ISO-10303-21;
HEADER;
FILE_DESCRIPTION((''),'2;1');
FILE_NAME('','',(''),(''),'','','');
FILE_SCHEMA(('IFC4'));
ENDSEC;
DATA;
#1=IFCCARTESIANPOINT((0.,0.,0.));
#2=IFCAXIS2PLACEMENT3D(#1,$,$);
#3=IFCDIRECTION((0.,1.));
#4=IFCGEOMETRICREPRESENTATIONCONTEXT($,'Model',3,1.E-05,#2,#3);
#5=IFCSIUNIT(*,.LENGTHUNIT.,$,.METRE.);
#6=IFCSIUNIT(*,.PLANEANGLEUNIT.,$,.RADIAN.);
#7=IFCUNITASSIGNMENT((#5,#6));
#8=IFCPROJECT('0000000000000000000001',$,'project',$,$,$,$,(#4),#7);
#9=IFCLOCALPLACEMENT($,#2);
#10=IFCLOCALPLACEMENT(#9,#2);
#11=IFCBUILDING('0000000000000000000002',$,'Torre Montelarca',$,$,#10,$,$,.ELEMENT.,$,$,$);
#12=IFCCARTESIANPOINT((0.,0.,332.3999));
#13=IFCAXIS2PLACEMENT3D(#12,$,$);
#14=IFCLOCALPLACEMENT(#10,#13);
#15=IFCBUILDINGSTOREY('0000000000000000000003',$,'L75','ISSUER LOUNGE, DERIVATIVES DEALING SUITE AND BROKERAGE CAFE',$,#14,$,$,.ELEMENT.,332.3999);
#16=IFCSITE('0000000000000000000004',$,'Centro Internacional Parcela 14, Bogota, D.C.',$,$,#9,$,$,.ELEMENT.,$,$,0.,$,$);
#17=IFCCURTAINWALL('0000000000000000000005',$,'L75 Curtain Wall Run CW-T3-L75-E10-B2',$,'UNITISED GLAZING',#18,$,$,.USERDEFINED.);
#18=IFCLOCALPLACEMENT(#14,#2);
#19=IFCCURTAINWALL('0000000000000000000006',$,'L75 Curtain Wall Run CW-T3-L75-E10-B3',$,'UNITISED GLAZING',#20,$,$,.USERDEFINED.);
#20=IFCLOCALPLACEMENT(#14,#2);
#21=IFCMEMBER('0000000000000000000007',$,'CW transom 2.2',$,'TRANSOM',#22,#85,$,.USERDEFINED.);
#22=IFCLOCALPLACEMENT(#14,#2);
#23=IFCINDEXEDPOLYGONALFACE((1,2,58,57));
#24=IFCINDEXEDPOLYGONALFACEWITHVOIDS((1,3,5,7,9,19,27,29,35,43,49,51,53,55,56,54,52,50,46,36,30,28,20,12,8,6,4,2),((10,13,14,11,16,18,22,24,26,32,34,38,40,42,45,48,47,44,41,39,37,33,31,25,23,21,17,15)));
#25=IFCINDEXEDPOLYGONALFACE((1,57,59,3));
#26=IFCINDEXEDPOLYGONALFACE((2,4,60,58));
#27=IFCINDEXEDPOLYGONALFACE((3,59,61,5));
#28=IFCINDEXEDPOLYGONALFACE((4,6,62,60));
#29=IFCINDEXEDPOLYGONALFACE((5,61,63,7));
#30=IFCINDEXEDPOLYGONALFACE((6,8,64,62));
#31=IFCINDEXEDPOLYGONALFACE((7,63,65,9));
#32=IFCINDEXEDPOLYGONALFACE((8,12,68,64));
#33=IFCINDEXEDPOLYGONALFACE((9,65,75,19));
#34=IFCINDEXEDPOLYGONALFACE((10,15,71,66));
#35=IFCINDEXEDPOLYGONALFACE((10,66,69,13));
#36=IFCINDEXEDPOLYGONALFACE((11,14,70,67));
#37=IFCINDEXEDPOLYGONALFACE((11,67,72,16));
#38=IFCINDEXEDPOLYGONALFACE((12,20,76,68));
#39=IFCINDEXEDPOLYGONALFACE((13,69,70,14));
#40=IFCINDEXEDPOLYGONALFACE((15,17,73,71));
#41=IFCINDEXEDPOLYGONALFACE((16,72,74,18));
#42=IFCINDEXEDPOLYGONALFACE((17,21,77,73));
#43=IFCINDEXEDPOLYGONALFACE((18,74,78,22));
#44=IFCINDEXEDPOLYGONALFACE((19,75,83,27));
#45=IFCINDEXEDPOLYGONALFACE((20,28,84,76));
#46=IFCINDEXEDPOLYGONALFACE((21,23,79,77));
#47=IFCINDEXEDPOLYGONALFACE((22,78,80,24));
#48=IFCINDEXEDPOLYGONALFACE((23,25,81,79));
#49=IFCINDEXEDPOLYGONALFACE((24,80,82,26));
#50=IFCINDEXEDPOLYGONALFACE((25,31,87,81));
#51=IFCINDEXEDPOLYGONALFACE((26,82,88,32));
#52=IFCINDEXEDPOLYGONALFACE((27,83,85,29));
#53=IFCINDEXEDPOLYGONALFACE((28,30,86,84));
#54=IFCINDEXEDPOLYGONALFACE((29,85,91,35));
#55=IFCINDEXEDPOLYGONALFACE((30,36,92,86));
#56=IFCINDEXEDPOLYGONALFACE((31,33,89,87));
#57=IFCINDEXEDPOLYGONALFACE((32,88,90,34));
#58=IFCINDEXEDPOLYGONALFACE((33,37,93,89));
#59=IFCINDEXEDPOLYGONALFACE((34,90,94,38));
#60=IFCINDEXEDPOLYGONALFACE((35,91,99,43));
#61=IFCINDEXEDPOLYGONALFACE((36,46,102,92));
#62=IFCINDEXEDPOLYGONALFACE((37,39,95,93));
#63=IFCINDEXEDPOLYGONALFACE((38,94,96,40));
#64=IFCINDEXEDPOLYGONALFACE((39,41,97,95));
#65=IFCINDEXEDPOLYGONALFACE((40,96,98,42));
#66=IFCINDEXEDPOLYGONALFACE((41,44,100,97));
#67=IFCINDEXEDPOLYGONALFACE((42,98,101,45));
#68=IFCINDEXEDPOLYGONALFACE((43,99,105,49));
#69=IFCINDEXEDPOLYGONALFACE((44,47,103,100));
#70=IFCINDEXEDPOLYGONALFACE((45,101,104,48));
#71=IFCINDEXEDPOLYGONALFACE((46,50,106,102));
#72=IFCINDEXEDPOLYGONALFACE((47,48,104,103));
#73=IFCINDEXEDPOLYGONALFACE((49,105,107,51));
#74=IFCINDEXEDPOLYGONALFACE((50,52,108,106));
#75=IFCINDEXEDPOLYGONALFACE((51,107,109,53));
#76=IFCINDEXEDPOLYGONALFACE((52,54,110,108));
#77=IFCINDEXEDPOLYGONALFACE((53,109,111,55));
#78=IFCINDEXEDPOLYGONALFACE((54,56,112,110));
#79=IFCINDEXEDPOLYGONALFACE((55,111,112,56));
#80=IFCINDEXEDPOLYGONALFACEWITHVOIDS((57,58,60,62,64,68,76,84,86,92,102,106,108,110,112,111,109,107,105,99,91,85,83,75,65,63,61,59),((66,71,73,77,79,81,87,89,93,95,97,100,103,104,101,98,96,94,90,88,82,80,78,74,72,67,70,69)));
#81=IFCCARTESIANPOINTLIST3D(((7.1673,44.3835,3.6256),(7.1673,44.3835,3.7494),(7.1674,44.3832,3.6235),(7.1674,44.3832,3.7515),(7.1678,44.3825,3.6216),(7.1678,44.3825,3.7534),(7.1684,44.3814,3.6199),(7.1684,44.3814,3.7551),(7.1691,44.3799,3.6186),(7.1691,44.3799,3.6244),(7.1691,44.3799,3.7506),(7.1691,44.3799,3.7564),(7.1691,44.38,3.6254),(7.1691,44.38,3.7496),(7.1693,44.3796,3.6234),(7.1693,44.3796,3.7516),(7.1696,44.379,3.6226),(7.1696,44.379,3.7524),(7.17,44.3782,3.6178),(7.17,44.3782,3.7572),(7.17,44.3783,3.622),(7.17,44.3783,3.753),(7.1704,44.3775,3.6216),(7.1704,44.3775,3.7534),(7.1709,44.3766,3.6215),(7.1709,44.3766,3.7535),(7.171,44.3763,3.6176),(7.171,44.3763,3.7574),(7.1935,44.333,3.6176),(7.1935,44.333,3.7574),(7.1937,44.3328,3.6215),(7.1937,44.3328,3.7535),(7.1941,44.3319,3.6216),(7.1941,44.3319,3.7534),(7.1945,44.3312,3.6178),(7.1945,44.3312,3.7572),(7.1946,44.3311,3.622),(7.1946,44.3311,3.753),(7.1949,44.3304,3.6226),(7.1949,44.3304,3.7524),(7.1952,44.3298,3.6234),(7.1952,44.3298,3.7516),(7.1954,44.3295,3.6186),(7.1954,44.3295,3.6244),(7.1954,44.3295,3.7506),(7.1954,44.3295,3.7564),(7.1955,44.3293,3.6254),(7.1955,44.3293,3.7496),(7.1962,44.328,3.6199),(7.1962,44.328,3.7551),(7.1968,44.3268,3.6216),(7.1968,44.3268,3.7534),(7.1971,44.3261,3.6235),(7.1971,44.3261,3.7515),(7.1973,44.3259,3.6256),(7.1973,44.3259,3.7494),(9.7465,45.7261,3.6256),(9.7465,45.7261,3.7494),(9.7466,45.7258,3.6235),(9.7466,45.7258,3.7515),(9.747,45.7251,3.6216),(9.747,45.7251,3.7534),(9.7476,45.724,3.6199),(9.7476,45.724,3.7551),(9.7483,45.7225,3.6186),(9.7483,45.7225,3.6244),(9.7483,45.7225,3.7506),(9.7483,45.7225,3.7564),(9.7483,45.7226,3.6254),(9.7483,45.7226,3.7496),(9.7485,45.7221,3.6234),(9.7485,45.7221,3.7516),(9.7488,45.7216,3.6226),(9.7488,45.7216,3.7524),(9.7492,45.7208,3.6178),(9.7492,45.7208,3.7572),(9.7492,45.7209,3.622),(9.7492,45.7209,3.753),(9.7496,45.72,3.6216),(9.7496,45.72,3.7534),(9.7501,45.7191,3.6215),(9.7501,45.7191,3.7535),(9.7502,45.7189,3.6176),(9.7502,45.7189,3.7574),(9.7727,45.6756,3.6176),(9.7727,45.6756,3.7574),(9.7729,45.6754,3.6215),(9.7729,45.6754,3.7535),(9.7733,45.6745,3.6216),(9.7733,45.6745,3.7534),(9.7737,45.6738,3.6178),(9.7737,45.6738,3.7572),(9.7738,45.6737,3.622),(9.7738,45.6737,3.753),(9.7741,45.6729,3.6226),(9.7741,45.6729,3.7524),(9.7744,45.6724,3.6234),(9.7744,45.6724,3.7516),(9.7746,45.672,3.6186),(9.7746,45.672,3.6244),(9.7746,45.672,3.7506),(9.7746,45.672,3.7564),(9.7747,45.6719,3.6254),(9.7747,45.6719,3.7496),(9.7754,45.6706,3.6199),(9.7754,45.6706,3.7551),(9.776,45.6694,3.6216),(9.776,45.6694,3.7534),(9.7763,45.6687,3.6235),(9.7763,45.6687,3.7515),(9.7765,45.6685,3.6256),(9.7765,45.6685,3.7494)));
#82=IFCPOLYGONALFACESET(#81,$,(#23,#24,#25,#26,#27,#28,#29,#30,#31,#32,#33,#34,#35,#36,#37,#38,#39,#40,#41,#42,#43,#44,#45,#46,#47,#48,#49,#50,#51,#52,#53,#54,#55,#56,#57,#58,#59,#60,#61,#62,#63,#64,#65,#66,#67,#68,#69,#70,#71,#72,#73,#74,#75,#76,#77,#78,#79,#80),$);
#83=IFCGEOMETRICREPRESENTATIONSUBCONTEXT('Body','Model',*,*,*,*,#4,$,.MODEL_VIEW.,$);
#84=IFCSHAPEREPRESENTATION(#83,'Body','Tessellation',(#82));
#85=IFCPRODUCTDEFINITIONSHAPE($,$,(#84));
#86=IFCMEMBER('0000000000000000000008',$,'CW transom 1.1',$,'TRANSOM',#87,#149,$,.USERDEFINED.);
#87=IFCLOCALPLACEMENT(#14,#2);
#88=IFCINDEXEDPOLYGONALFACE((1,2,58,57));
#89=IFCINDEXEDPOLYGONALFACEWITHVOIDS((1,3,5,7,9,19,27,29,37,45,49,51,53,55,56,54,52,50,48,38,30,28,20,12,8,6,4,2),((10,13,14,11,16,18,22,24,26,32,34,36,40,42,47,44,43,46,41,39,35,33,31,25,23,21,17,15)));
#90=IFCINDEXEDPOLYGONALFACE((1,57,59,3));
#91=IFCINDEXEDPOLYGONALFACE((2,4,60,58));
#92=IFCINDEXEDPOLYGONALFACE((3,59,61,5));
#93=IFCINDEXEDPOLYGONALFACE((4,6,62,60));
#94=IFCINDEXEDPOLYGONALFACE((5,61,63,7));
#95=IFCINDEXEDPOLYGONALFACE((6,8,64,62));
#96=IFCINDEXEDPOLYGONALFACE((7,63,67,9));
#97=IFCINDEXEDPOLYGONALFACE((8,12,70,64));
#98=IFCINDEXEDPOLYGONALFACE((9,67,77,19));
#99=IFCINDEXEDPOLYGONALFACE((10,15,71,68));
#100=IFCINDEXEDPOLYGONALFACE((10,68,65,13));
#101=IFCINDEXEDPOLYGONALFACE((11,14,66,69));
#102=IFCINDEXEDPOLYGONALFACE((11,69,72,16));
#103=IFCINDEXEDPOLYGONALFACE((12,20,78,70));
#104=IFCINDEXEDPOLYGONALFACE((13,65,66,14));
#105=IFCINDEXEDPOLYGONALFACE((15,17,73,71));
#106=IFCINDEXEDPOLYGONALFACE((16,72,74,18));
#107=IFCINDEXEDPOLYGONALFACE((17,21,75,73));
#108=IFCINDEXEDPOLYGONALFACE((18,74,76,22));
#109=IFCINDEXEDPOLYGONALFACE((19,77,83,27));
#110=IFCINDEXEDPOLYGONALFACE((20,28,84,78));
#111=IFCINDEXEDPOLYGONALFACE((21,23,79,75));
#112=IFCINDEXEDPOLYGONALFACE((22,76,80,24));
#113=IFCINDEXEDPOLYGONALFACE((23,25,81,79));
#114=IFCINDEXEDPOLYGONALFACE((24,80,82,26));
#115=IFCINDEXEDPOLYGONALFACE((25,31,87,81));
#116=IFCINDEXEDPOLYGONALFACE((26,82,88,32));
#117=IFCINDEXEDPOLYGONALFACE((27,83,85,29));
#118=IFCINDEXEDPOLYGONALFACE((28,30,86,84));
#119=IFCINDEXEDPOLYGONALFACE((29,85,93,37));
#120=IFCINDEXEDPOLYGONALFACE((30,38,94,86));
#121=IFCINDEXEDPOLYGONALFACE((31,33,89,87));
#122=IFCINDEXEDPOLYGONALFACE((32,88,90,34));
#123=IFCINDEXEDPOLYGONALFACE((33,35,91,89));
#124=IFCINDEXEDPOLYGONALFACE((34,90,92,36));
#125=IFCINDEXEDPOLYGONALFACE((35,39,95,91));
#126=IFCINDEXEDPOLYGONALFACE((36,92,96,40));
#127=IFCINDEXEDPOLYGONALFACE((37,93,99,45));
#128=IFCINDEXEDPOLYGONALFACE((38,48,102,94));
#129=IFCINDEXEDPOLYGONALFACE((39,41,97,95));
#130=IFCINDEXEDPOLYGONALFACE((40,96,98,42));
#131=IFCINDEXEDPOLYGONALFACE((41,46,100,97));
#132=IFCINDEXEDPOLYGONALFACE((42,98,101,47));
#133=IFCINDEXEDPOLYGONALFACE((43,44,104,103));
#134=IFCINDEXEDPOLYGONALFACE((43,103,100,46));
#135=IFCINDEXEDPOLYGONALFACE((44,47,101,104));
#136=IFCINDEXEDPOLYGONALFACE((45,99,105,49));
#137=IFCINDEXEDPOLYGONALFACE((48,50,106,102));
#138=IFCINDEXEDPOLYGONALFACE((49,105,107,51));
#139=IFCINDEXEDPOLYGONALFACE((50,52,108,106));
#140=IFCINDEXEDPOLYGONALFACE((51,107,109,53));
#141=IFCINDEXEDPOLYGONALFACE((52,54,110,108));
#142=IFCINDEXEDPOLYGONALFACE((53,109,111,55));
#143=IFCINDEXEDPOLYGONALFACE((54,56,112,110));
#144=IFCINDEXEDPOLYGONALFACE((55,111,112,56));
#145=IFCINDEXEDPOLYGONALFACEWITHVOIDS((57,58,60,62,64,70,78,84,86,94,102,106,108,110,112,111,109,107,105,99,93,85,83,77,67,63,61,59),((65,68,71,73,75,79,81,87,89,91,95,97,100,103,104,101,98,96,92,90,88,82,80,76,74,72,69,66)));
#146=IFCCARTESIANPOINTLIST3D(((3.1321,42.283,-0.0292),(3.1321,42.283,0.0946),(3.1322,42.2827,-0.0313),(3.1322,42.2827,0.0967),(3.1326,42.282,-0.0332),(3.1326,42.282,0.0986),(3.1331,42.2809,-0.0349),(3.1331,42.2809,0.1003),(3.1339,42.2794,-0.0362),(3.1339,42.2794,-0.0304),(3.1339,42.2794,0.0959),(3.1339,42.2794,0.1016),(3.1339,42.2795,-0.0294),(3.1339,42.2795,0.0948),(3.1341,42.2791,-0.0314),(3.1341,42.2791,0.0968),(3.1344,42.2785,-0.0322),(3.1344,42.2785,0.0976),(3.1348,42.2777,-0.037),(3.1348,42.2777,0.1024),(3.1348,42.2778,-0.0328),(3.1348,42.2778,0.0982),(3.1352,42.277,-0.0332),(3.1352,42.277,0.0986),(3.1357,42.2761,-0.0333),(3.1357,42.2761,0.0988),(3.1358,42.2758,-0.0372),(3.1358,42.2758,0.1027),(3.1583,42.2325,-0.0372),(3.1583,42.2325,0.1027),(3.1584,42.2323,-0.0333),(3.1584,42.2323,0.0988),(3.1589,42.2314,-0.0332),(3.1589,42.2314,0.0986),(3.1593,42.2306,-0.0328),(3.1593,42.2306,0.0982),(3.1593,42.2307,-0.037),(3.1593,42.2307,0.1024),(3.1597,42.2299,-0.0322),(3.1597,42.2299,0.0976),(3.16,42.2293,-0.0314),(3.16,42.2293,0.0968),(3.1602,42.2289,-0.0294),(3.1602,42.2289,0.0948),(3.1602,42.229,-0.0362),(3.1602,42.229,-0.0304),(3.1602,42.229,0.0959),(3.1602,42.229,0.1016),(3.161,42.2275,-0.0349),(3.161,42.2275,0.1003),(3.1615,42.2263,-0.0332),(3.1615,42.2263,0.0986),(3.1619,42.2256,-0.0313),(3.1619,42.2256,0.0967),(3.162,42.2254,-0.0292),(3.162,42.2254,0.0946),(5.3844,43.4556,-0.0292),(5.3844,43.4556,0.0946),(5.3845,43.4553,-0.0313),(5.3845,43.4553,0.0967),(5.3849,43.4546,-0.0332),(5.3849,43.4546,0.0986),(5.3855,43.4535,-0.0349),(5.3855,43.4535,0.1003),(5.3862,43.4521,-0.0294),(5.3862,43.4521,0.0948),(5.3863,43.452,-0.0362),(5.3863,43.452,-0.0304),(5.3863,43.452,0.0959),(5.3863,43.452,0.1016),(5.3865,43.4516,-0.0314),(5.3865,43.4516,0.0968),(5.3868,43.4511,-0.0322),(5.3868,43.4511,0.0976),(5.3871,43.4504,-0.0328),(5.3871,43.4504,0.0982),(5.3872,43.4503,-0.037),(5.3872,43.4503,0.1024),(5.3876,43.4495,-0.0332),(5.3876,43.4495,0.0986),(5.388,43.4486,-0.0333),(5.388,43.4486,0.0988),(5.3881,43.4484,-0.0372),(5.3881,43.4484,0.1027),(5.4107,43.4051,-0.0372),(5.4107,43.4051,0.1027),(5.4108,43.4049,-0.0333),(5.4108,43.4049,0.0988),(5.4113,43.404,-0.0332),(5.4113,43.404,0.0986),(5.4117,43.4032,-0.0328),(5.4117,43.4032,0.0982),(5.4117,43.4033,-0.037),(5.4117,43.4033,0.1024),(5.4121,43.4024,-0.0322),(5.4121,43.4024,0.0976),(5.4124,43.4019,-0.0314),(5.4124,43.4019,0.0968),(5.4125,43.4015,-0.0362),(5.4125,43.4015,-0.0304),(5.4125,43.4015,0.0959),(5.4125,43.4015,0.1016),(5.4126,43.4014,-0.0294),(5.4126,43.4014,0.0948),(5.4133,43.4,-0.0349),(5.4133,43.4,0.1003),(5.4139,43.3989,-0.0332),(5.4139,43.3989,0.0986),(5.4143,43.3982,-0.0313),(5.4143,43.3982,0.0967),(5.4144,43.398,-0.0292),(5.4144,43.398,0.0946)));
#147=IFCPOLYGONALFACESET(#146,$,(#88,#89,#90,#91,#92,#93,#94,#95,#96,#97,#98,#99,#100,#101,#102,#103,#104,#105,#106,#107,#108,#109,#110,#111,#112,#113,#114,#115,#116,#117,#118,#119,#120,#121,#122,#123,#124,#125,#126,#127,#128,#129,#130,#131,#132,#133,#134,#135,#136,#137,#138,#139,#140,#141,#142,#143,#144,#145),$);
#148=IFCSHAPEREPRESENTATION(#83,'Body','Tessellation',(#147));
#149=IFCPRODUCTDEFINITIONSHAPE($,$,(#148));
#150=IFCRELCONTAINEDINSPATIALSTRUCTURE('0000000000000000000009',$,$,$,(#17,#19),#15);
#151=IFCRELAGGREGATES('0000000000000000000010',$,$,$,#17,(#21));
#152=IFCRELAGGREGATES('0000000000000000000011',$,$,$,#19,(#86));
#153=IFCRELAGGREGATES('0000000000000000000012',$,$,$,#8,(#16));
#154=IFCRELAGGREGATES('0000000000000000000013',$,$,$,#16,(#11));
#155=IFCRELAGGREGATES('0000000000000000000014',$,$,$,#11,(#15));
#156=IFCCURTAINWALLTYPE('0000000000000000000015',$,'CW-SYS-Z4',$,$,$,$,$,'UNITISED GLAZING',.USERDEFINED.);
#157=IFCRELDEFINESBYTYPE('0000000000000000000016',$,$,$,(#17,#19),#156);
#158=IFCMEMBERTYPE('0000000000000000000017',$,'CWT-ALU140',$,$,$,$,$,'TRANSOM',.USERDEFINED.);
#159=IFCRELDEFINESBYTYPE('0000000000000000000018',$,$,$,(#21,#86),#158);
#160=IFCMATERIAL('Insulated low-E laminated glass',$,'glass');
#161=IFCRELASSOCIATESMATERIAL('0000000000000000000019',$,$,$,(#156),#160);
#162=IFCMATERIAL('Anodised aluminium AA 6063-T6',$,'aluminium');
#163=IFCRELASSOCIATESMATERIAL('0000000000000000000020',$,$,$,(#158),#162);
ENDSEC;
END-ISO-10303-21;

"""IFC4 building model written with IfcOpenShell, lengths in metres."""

from ifc_helpers import new_model, si_unit, direction, frame, origin, origin_2d, place, context, subcontext, project, spatial, hollow_rectangle, extrude, source, transform, mapped, material, material_profile, profile_set, type_object, element, aggregate, save


model = new_model("IFC4")

# Units and contexts
model_context = context("Model", 3, precision=1e-05, world=origin(), true_north=direction((0.0, 1.0)))
body_context = subcontext(model_context, "Body", "Model", "MODEL_VIEW")
ifc_project = project(units=[si_unit("LENGTHUNIT", "METRE"), si_unit("PLANEANGLEUNIT", "RADIAN")], contexts=[model_context])

# Site, building, storey
site_placement = place(None, origin())
site = spatial("IfcSite", under=ifc_project, at=site_placement, Name="Centro Internacional Parcela 14, Bogota, D.C.", CompositionType="ELEMENT", RefElevation=0.0)
building_placement = place(site_placement, origin())
building = spatial("IfcBuilding", under=site, at=building_placement, Name="Torre Montelarca", CompositionType="ELEMENT")
storey_placement = place(building_placement, frame((0.0, 0.0, 332.3999)))
storey = spatial("IfcBuildingStorey", under=building, at=storey_placement, Name="L75", Description="ISSUER LOUNGE, DERIVATIVES DEALING SUITE AND BROKERAGE CAFE", CompositionType="ELEMENT", Elevation=332.3999)

# Curtain walls
ifc_material_1 = material(Name="Insulated low-E laminated glass", Category="glass")
curtain_wall_type = type_object("IfcCurtainWallType", Name="CW-SYS-Z4", ElementType="UNITISED GLAZING", PredefinedType="USERDEFINED", material=ifc_material_1)
curtain_wall_1_placement = place(storey_placement, origin())
curtain_wall_1 = element("IfcCurtainWall", 1, at=curtain_wall_1_placement, inside=storey, type_object=curtain_wall_type, Name="L75 Curtain Wall Run CW-T3-L75-E10-B2", ObjectType="UNITISED GLAZING", PredefinedType="USERDEFINED")
ifc_material_2 = material(Name="Anodised aluminium AA 6063-T6", Category="aluminium")
curtain_wall_2_placement = place(storey_placement, origin())
curtain_wall_2 = element("IfcCurtainWall", 2, at=curtain_wall_2_placement, inside=storey, type_object=curtain_wall_type, Name="L75 Curtain Wall Run CW-T3-L75-E10-B3", ObjectType="UNITISED GLAZING", PredefinedType="USERDEFINED")
ifc_material_profile_1 = material_profile(ifc_material_2, hollow_rectangle(XDim=0.0649, YDim=0.1399, WallThickness=0.0039, InnerFilletRadius=0.0039, OuterFilletRadius=0.0081, at=origin_2d()), Name="ALU65X140X4", Category="aluminium")
ifc_profile_set_1 = profile_set([ifc_material_profile_1], Name="Anodised aluminium AA 6063-T6")
member_type_1 = type_object("IfcMemberType", Name="CWT-ALU140", ElementType="TRANSOM", PredefinedType="USERDEFINED", material=ifc_profile_set_1)

# Members
shared_shape_1 = source(origin(), body_context, "Body", "SweptSolid", [
    extrude(hollow_rectangle(XDim=0.0649, YDim=0.1399, WallThickness=0.0039, InnerFilletRadius=0.0039, OuterFilletRadius=0.0081, at=origin_2d()), origin(), (0.0, 0.0, 1.0), 2.9077),
])
member_1_placement = place(storey_placement, frame((9.7615, 45.6973, 3.6875), z_axis=(-0.88702, -0.461731, 0.0), x_axis=(0.461731, -0.88702, 0.0)))
member_1 = element("IfcMember", 3, at=member_1_placement, type_object=member_type_1, Name="CW transom 2.2", ObjectType="TRANSOM", PredefinedType="USERDEFINED", context=body_context, shape_type="MappedRepresentation", body=[
    mapped(shared_shape_1, transform((0.0, 0.0, 0.0), scale=1.0)),
])
shared_shape_2 = source(origin(), body_context, "Body", "SweptSolid", [
    extrude(hollow_rectangle(XDim=0.0649, YDim=0.1399, WallThickness=0.0039, InnerFilletRadius=0.0039, OuterFilletRadius=0.0081, at=origin_2d()), origin(), (0.0, 0.0, 1.0), 2.5393),
])
member_2_placement = place(storey_placement, frame((5.3994, 43.4268, 0.0327), z_axis=(-0.887001, -0.461767, 0.0), x_axis=(0.461767, -0.887001, 0.0)))
member_2 = element("IfcMember", 4, at=member_2_placement, type_object=member_type_1, Name="CW transom 1.1", ObjectType="TRANSOM", PredefinedType="USERDEFINED", context=body_context, shape_type="MappedRepresentation", body=[
    mapped(shared_shape_2, transform((0.0, 0.0, 0.0), scale=1.0)),
])

aggregate(curtain_wall_1, [member_1])
aggregate(curtain_wall_2, [member_2])

save(model, "model.ifc")
